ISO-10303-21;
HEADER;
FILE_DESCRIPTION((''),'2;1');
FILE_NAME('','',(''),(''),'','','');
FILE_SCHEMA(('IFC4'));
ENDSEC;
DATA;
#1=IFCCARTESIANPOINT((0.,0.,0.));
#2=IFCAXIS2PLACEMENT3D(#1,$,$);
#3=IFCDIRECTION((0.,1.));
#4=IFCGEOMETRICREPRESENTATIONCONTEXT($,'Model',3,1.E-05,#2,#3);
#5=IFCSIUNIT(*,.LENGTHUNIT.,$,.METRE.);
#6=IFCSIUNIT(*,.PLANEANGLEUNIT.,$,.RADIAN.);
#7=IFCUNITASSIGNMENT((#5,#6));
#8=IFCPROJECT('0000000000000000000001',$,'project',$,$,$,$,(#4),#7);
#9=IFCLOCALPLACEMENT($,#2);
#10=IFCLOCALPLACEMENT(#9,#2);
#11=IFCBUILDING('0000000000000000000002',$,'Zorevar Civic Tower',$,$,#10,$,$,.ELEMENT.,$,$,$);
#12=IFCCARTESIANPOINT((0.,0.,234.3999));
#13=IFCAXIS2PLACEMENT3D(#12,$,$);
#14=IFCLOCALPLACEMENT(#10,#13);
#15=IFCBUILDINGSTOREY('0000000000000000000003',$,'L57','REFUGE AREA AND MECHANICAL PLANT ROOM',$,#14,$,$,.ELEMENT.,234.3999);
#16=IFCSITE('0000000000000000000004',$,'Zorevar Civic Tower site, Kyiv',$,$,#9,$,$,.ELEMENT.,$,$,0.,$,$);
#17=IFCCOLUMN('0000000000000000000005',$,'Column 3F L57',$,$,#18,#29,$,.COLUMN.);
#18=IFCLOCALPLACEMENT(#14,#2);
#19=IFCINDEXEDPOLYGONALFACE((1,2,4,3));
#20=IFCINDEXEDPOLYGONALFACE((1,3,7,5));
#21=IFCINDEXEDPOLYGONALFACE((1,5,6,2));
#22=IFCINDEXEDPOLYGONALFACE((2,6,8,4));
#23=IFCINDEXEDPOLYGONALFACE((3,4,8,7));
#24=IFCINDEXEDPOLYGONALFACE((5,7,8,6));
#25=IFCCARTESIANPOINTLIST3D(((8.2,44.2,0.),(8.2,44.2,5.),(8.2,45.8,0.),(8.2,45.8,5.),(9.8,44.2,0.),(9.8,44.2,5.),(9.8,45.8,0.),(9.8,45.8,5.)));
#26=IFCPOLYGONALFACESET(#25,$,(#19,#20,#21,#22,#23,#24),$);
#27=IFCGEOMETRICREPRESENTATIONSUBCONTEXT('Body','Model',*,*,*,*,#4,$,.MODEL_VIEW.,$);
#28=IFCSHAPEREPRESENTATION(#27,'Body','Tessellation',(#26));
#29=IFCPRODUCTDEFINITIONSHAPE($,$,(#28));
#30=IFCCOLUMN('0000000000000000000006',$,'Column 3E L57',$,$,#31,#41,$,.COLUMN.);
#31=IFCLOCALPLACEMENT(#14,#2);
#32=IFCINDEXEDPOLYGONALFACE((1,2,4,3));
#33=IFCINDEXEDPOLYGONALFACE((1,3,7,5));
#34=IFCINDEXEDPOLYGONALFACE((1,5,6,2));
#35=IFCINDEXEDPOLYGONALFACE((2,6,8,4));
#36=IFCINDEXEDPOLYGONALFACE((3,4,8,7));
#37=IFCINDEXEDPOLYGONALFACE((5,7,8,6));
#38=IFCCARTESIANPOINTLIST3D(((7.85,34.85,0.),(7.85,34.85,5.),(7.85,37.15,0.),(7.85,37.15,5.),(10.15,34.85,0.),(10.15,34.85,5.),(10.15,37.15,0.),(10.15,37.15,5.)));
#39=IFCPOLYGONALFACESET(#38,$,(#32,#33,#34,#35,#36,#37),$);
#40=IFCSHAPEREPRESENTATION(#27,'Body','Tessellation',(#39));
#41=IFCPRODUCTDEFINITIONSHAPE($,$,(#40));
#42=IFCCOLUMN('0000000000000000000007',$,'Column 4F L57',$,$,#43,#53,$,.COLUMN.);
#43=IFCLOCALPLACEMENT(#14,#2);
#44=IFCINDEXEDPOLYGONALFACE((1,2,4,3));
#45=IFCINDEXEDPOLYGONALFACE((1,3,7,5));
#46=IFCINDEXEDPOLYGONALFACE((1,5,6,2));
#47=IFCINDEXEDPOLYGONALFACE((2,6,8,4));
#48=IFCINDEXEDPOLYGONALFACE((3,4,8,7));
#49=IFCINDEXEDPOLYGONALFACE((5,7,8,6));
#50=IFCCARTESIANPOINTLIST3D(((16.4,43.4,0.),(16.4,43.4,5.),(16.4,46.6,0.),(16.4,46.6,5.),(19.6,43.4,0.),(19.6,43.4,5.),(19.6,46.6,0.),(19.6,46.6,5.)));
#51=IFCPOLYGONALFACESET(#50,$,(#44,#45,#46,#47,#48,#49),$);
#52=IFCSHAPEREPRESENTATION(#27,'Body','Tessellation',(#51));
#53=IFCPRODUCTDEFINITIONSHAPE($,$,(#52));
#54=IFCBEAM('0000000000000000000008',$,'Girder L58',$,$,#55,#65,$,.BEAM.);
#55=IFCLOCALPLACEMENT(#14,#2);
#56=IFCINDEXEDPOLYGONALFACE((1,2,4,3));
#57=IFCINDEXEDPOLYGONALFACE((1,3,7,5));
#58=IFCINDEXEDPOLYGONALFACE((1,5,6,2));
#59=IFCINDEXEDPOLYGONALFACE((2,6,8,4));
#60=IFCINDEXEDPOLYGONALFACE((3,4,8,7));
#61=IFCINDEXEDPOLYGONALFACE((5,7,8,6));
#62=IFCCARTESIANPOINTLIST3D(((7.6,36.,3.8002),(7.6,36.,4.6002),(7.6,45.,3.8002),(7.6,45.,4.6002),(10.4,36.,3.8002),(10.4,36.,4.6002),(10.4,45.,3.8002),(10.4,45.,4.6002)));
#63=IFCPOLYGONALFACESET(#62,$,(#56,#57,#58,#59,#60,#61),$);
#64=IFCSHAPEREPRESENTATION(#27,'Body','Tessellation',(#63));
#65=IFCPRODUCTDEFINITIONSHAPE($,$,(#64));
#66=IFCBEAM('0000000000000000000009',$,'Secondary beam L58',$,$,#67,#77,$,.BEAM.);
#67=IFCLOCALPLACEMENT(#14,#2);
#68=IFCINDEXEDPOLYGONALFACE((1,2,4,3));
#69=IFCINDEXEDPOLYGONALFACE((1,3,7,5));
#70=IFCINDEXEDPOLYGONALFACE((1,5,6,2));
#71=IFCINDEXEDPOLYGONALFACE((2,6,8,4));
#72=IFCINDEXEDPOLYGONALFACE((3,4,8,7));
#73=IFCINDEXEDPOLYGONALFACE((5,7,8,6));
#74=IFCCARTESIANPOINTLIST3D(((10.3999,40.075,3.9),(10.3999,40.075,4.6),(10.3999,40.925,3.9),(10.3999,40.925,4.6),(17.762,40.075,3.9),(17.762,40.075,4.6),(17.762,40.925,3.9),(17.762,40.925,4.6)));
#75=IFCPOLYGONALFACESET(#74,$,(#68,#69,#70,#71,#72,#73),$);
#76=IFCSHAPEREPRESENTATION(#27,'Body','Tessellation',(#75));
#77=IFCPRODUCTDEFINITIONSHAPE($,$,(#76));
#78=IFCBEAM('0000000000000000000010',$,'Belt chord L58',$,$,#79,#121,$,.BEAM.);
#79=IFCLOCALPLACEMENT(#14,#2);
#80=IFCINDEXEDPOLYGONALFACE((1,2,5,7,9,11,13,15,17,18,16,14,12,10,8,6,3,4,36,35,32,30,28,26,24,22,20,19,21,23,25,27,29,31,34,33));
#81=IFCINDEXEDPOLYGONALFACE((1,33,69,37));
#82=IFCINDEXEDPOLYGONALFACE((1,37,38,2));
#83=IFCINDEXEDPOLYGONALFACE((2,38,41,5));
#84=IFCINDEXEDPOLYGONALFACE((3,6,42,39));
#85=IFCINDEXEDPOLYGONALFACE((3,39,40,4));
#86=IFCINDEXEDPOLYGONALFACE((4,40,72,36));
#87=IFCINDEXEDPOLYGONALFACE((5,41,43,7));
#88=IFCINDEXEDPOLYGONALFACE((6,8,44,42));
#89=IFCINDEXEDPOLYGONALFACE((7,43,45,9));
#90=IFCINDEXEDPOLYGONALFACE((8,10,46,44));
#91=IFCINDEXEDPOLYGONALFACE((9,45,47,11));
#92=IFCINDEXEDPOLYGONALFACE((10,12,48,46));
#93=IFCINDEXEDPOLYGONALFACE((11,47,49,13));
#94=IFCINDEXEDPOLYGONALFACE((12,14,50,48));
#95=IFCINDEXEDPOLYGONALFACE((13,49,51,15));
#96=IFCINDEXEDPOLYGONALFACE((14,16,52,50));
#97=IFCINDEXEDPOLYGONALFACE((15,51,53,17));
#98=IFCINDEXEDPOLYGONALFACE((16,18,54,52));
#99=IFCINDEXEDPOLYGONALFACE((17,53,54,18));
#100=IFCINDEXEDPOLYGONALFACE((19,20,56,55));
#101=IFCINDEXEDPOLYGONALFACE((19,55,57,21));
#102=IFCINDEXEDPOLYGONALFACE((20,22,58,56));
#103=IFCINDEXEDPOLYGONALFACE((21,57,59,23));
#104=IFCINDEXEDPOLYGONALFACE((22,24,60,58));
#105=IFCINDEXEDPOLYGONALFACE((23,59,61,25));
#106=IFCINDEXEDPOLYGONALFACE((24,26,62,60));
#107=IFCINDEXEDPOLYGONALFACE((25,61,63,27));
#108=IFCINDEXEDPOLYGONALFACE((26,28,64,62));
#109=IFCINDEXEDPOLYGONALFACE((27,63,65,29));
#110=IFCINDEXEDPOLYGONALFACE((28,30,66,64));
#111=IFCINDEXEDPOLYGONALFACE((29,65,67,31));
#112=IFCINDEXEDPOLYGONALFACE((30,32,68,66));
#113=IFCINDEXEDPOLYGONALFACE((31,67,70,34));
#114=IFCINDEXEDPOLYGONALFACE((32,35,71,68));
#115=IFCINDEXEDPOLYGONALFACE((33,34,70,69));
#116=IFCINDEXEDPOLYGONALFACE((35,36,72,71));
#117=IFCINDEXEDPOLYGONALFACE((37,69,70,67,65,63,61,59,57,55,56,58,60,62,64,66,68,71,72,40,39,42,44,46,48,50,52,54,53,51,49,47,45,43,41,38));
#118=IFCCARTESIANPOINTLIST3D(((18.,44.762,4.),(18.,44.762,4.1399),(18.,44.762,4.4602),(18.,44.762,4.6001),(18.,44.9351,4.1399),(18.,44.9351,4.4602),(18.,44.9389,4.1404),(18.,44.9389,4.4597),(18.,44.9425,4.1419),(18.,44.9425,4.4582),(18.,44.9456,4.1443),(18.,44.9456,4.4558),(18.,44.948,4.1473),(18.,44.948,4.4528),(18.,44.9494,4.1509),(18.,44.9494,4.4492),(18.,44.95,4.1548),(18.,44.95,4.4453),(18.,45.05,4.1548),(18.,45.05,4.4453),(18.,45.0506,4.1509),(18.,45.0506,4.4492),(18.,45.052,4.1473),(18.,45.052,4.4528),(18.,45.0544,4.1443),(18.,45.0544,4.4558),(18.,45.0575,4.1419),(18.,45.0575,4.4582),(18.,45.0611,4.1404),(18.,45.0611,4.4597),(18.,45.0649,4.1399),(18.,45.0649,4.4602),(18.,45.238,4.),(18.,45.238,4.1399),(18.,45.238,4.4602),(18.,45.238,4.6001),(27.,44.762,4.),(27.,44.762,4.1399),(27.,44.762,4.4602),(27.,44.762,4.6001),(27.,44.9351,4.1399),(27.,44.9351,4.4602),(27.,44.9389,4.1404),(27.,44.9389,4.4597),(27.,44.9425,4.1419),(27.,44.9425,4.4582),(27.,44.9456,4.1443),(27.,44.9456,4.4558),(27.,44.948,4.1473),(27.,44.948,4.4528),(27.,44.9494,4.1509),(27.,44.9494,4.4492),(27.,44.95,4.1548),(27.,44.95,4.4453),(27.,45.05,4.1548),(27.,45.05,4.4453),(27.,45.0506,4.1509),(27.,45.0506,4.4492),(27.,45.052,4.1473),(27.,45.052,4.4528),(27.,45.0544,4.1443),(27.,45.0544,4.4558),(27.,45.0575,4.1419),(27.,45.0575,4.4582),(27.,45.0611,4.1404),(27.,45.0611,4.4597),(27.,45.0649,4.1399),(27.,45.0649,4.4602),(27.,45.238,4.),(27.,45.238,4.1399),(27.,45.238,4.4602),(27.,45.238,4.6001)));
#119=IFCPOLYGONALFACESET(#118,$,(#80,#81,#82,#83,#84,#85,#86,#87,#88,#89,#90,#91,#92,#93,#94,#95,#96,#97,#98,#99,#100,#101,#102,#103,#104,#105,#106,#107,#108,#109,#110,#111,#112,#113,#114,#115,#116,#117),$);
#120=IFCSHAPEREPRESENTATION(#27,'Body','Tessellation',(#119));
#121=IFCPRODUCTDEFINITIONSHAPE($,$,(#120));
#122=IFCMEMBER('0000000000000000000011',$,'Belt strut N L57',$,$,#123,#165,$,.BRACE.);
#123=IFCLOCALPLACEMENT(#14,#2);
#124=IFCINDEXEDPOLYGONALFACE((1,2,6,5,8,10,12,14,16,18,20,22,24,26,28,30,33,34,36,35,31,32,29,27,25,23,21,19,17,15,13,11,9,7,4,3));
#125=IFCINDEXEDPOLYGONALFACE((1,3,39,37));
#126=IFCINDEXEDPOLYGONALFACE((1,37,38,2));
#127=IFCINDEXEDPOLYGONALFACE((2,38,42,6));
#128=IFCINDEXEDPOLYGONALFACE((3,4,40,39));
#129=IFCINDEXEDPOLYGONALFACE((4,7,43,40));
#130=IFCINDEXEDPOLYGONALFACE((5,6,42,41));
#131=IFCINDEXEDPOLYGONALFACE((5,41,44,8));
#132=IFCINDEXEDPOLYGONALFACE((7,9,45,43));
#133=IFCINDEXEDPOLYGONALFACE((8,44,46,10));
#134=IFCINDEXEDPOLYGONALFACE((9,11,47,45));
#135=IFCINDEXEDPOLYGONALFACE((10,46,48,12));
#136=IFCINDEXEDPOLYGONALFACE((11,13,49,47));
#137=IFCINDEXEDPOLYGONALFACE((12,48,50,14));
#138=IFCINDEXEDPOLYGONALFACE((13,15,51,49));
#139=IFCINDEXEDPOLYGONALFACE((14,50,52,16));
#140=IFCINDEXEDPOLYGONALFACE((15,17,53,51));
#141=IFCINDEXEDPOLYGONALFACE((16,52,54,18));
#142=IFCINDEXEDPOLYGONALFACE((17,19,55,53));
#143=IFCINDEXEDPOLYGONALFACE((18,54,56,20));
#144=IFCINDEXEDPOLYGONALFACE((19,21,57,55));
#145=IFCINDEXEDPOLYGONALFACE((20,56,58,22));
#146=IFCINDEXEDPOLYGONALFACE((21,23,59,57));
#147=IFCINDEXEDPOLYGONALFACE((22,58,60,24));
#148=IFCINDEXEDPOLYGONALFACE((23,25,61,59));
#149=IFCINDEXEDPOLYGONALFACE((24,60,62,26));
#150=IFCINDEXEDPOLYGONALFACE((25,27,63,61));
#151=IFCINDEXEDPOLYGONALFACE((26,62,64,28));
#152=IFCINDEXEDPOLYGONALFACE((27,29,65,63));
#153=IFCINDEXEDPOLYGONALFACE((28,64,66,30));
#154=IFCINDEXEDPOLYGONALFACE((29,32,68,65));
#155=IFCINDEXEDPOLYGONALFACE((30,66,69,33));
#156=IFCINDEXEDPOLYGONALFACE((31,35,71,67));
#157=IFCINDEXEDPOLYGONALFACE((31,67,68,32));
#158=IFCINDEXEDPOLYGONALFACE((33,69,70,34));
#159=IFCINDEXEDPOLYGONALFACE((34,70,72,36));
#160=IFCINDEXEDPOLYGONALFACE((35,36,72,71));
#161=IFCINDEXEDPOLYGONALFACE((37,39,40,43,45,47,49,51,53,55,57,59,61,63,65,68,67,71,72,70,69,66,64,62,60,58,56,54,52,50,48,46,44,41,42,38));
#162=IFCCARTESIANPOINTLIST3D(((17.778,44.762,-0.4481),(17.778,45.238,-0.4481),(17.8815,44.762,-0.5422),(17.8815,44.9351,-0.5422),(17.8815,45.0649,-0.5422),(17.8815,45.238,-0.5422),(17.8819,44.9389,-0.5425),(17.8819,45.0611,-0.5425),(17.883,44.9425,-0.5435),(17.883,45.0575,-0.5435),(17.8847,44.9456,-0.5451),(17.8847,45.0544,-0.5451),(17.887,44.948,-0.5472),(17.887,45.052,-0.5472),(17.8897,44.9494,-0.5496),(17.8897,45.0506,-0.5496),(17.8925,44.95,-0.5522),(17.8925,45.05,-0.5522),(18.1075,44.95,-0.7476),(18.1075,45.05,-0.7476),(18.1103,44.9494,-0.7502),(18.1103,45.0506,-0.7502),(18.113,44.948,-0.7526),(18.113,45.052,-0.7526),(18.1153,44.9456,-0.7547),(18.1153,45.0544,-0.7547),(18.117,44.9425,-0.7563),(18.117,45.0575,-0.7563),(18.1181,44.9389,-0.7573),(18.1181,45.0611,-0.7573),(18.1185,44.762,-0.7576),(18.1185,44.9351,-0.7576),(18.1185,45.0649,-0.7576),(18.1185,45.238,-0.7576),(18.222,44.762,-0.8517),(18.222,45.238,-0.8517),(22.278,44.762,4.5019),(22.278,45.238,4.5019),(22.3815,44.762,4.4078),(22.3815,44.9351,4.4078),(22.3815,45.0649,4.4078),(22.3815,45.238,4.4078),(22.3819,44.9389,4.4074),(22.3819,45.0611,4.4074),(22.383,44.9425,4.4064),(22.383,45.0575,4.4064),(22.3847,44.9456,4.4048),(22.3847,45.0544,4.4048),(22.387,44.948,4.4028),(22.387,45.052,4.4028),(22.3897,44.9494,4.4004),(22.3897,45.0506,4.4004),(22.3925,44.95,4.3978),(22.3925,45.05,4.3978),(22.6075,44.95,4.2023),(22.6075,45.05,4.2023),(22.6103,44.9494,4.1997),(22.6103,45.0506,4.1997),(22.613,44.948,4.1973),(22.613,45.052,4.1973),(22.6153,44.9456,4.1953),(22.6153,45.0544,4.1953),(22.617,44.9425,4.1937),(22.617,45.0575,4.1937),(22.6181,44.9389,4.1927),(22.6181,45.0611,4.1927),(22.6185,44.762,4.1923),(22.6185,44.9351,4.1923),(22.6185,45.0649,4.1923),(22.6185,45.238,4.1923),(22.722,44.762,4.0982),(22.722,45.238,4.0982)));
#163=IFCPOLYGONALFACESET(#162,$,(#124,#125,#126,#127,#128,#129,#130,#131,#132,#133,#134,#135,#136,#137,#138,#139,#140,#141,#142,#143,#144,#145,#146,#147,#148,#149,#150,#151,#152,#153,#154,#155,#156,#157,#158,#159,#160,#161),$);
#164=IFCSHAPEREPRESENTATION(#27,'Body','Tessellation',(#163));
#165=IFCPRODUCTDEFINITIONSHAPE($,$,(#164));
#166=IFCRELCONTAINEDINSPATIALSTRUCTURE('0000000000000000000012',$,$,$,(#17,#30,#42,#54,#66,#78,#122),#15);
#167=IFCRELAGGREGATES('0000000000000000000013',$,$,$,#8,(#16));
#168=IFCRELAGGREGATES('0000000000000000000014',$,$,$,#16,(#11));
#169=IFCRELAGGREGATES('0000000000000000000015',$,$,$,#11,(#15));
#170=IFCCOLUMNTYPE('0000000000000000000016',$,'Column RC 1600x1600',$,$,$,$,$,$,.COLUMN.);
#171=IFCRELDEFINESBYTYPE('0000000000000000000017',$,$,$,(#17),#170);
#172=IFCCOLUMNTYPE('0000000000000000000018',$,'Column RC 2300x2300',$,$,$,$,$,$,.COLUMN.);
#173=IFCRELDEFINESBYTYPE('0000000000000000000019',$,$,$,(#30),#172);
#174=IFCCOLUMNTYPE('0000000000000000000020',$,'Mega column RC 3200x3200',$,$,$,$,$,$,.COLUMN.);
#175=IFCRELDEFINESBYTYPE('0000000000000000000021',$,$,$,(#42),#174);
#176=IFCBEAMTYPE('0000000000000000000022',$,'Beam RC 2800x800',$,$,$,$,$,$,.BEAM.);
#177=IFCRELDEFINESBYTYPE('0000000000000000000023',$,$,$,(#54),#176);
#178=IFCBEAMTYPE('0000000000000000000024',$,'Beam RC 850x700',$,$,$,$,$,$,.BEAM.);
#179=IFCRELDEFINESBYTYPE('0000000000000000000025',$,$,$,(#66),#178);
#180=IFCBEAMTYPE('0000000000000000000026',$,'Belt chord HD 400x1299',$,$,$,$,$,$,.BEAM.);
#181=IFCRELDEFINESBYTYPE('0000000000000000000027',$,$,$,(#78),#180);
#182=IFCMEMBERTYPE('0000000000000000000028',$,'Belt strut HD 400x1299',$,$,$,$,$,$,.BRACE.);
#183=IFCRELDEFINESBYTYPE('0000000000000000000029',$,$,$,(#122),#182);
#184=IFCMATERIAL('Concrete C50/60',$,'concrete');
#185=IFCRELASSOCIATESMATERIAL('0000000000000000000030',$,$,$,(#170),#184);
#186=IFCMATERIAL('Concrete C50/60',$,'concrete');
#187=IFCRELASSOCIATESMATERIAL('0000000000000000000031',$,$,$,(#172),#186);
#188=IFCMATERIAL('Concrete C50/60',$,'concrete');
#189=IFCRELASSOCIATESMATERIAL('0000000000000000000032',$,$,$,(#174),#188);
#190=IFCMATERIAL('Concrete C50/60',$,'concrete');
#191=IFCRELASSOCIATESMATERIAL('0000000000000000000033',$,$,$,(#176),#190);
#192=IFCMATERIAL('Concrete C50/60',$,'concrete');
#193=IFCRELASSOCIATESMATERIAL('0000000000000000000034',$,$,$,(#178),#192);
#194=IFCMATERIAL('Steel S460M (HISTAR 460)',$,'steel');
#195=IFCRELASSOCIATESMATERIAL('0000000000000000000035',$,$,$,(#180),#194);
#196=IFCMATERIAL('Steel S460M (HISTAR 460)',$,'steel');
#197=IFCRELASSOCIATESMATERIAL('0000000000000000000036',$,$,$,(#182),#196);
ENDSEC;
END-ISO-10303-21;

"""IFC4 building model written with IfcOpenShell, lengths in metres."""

from ifc_helpers import new_model, si_unit, direction, frame, origin, origin_2d, place, context, subcontext, project, spatial, rectangle, i_section, extrude, material, material_profile, profile_set, type_object, element, save


model = new_model("IFC4")

# Units and contexts
model_context = context("Model", 3, precision=1e-05, world=origin(), true_north=direction((0.0, 1.0)))
body_context = subcontext(model_context, "Body", "Model", "MODEL_VIEW")
ifc_project = project(units=[si_unit("LENGTHUNIT", "METRE"), si_unit("PLANEANGLEUNIT", "RADIAN")], contexts=[model_context])

# Site, building, storey
site_placement = place(None, origin())
site = spatial("IfcSite", under=ifc_project, at=site_placement, Name="Zorevar Civic Tower site, Kyiv", CompositionType="ELEMENT", RefElevation=0.0)
building_placement = place(site_placement, origin())
building = spatial("IfcBuilding", under=site, at=building_placement, Name="Zorevar Civic Tower", CompositionType="ELEMENT")
storey_placement = place(building_placement, frame((0.0, 0.0, 234.3999)))
storey = spatial("IfcBuildingStorey", under=building, at=storey_placement, Name="L57", Description="REFUGE AREA AND MECHANICAL PLANT ROOM", CompositionType="ELEMENT", Elevation=234.3999)

# Columns
ifc_material_1 = material(Name="Concrete C50/60", Category="concrete")
ifc_material_profile_1 = material_profile(ifc_material_1, rectangle(XDim=1.6001, YDim=1.6001, at=origin_2d()), Name="RC 1600x1600")
ifc_profile_set_1 = profile_set([ifc_material_profile_1], Name="Concrete C50/60")
column_type_1 = type_object("IfcColumnType", Name="Column RC 1600x1600", PredefinedType="COLUMN", material=ifc_profile_set_1)
column_1_placement = place(storey_placement, frame((9.0, 45.0, 0.0), z_axis=(0.0, 0.0, 1.0), x_axis=(1.0, 0.0, 0.0)))
element("IfcColumn", 1, at=column_1_placement, inside=storey, type_object=column_type_1, Name="Column 3F L57", PredefinedType="COLUMN", context=body_context, shape_type="SweptSolid", body=[
    extrude(rectangle(XDim=1.6001, YDim=1.6001, at=origin_2d()), origin(), (0.0, 0.0, 1.0), 5.0),
])
ifc_material_2 = material(Name="Concrete C50/60", Category="concrete")
ifc_material_profile_2 = material_profile(ifc_material_2, rectangle(XDim=2.3, YDim=2.3, at=origin_2d()), Name="RC 2300x2300")
ifc_profile_set_2 = profile_set([ifc_material_profile_2], Name="Concrete C50/60")
column_type_2 = type_object("IfcColumnType", Name="Column RC 2300x2300", PredefinedType="COLUMN", material=ifc_profile_set_2)
column_2_placement = place(storey_placement, frame((9.0, 36.0, 0.0), z_axis=(0.0, 0.0, 1.0), x_axis=(1.0, 0.0, 0.0)))
element("IfcColumn", 2, at=column_2_placement, inside=storey, type_object=column_type_2, Name="Column 3E L57", PredefinedType="COLUMN", context=body_context, shape_type="SweptSolid", body=[
    extrude(rectangle(XDim=2.3, YDim=2.3, at=origin_2d()), origin(), (0.0, 0.0, 1.0), 5.0),
])
ifc_material_3 = material(Name="Concrete C50/60", Category="concrete")
ifc_material_profile_3 = material_profile(ifc_material_3, rectangle(XDim=3.2, YDim=3.2, at=origin_2d()), Name="RC 3200x3200")
ifc_profile_set_3 = profile_set([ifc_material_profile_3], Name="Concrete C50/60")
column_type_3 = type_object("IfcColumnType", Name="Mega column RC 3200x3200", PredefinedType="COLUMN", material=ifc_profile_set_3)
column_3_placement = place(storey_placement, frame((18.0, 45.0, 0.0), z_axis=(0.0, 0.0, 1.0), x_axis=(1.0, 0.0, 0.0)))
element("IfcColumn", 3, at=column_3_placement, inside=storey, type_object=column_type_3, Name="Column 4F L57", PredefinedType="COLUMN", context=body_context, shape_type="SweptSolid", body=[
    extrude(rectangle(XDim=3.2, YDim=3.2, at=origin_2d()), origin(), (0.0, 0.0, 1.0), 5.0),
])

# Beams
ifc_material_4 = material(Name="Concrete C50/60", Category="concrete")
ifc_material_profile_4 = material_profile(ifc_material_4, rectangle(XDim=2.8, YDim=0.8, at=origin_2d()), Name="RC 2800x800")
ifc_profile_set_4 = profile_set([ifc_material_profile_4], Name="Concrete C50/60")
beam_type_1 = type_object("IfcBeamType", Name="Beam RC 2800x800", PredefinedType="BEAM", material=ifc_profile_set_4)
beam_1_placement = place(storey_placement, frame((9.0, 36.0, 4.2002), z_axis=(0.0, 1.0, 0.0), x_axis=(-1.0, 0.0, 0.0)))
element("IfcBeam", 4, at=beam_1_placement, inside=storey, type_object=beam_type_1, Name="Girder L58", PredefinedType="BEAM", context=body_context, shape_type="SweptSolid", body=[
    extrude(rectangle(XDim=2.8, YDim=0.8, at=origin_2d()), origin(), (0.0, 0.0, 1.0), 9.0),
])
ifc_material_5 = material(Name="Concrete C50/60", Category="concrete")
ifc_material_profile_5 = material_profile(ifc_material_5, rectangle(XDim=0.8501, YDim=0.7, at=origin_2d()), Name="RC 850x700")
ifc_profile_set_5 = profile_set([ifc_material_profile_5], Name="Concrete C50/60")
beam_type_2 = type_object("IfcBeamType", Name="Beam RC 850x700", PredefinedType="BEAM", material=ifc_profile_set_5)
beam_2_placement = place(storey_placement, frame((10.3999, 40.5, 4.25), z_axis=(1.0, 0.0, 0.0), x_axis=(0.0, 1.0, 0.0)))
element("IfcBeam", 5, at=beam_2_placement, inside=storey, type_object=beam_type_2, Name="Secondary beam L58", PredefinedType="BEAM", context=body_context, shape_type="SweptSolid", body=[
    extrude(rectangle(XDim=0.8501, YDim=0.7, at=origin_2d()), origin(), (0.0, 0.0, 1.0), 7.3621),
])
ifc_material_6 = material(Name="Steel S460M (HISTAR 460)", Category="steel")
ifc_material_profile_6 = material_profile(ifc_material_6, i_section(OverallWidth=0.4761, OverallDepth=0.6001, WebThickness=0.1001, FlangeThickness=0.1399, FilletRadius=0.0149, at=origin_2d()), Name="HD 400x1299")
ifc_profile_set_6 = profile_set([ifc_material_profile_6], Name="Steel S460M (HISTAR 460)")
beam_type_3 = type_object("IfcBeamType", Name="Belt chord HD 400x1299", PredefinedType="BEAM", material=ifc_profile_set_6)
beam_3_placement = place(storey_placement, frame((18.0, 45.0, 4.3), z_axis=(1.0, 0.0, 0.0), x_axis=(0.0, 1.0, 0.0)))
element("IfcBeam", 6, at=beam_3_placement, inside=storey, type_object=beam_type_3, Name="Belt chord L58", PredefinedType="BEAM", context=body_context, shape_type="SweptSolid", body=[
    extrude(i_section(OverallWidth=0.4761, OverallDepth=0.6001, WebThickness=0.1001, FlangeThickness=0.1399, FilletRadius=0.0149, at=origin_2d()), origin(), (0.0, 0.0, 1.0), 9.0),
])

# Member
ifc_material_7 = material(Name="Steel S460M (HISTAR 460)", Category="steel")
ifc_material_profile_7 = material_profile(ifc_material_7, i_section(OverallWidth=0.4761, OverallDepth=0.6001, WebThickness=0.1001, FlangeThickness=0.1399, FilletRadius=0.0149, at=origin_2d()), Name="HD 400x1299")
ifc_profile_set_7 = profile_set([ifc_material_profile_7], Name="Steel S460M (HISTAR 460)")
member_type_1 = type_object("IfcMemberType", Name="Belt strut HD 400x1299", PredefinedType="BRACE", material=ifc_profile_set_7)
member_1_placement = place(storey_placement, frame((18.0, 45.0, -0.6499), z_axis=(0.672676, 0.0, 0.739937), x_axis=(0.0, 1.0, 0.0)))
element("IfcMember", 7, at=member_1_placement, inside=storey, type_object=member_type_1, Name="Belt strut N L57", PredefinedType="BRACE", context=body_context, shape_type="SweptSolid", body=[
    extrude(i_section(OverallWidth=0.4761, OverallDepth=0.6001, WebThickness=0.1001, FlangeThickness=0.1399, FilletRadius=0.0149, at=origin_2d()), origin(), (0.0, 0.0, 1.0), 6.6897),
])

save(model, "model.ifc")
